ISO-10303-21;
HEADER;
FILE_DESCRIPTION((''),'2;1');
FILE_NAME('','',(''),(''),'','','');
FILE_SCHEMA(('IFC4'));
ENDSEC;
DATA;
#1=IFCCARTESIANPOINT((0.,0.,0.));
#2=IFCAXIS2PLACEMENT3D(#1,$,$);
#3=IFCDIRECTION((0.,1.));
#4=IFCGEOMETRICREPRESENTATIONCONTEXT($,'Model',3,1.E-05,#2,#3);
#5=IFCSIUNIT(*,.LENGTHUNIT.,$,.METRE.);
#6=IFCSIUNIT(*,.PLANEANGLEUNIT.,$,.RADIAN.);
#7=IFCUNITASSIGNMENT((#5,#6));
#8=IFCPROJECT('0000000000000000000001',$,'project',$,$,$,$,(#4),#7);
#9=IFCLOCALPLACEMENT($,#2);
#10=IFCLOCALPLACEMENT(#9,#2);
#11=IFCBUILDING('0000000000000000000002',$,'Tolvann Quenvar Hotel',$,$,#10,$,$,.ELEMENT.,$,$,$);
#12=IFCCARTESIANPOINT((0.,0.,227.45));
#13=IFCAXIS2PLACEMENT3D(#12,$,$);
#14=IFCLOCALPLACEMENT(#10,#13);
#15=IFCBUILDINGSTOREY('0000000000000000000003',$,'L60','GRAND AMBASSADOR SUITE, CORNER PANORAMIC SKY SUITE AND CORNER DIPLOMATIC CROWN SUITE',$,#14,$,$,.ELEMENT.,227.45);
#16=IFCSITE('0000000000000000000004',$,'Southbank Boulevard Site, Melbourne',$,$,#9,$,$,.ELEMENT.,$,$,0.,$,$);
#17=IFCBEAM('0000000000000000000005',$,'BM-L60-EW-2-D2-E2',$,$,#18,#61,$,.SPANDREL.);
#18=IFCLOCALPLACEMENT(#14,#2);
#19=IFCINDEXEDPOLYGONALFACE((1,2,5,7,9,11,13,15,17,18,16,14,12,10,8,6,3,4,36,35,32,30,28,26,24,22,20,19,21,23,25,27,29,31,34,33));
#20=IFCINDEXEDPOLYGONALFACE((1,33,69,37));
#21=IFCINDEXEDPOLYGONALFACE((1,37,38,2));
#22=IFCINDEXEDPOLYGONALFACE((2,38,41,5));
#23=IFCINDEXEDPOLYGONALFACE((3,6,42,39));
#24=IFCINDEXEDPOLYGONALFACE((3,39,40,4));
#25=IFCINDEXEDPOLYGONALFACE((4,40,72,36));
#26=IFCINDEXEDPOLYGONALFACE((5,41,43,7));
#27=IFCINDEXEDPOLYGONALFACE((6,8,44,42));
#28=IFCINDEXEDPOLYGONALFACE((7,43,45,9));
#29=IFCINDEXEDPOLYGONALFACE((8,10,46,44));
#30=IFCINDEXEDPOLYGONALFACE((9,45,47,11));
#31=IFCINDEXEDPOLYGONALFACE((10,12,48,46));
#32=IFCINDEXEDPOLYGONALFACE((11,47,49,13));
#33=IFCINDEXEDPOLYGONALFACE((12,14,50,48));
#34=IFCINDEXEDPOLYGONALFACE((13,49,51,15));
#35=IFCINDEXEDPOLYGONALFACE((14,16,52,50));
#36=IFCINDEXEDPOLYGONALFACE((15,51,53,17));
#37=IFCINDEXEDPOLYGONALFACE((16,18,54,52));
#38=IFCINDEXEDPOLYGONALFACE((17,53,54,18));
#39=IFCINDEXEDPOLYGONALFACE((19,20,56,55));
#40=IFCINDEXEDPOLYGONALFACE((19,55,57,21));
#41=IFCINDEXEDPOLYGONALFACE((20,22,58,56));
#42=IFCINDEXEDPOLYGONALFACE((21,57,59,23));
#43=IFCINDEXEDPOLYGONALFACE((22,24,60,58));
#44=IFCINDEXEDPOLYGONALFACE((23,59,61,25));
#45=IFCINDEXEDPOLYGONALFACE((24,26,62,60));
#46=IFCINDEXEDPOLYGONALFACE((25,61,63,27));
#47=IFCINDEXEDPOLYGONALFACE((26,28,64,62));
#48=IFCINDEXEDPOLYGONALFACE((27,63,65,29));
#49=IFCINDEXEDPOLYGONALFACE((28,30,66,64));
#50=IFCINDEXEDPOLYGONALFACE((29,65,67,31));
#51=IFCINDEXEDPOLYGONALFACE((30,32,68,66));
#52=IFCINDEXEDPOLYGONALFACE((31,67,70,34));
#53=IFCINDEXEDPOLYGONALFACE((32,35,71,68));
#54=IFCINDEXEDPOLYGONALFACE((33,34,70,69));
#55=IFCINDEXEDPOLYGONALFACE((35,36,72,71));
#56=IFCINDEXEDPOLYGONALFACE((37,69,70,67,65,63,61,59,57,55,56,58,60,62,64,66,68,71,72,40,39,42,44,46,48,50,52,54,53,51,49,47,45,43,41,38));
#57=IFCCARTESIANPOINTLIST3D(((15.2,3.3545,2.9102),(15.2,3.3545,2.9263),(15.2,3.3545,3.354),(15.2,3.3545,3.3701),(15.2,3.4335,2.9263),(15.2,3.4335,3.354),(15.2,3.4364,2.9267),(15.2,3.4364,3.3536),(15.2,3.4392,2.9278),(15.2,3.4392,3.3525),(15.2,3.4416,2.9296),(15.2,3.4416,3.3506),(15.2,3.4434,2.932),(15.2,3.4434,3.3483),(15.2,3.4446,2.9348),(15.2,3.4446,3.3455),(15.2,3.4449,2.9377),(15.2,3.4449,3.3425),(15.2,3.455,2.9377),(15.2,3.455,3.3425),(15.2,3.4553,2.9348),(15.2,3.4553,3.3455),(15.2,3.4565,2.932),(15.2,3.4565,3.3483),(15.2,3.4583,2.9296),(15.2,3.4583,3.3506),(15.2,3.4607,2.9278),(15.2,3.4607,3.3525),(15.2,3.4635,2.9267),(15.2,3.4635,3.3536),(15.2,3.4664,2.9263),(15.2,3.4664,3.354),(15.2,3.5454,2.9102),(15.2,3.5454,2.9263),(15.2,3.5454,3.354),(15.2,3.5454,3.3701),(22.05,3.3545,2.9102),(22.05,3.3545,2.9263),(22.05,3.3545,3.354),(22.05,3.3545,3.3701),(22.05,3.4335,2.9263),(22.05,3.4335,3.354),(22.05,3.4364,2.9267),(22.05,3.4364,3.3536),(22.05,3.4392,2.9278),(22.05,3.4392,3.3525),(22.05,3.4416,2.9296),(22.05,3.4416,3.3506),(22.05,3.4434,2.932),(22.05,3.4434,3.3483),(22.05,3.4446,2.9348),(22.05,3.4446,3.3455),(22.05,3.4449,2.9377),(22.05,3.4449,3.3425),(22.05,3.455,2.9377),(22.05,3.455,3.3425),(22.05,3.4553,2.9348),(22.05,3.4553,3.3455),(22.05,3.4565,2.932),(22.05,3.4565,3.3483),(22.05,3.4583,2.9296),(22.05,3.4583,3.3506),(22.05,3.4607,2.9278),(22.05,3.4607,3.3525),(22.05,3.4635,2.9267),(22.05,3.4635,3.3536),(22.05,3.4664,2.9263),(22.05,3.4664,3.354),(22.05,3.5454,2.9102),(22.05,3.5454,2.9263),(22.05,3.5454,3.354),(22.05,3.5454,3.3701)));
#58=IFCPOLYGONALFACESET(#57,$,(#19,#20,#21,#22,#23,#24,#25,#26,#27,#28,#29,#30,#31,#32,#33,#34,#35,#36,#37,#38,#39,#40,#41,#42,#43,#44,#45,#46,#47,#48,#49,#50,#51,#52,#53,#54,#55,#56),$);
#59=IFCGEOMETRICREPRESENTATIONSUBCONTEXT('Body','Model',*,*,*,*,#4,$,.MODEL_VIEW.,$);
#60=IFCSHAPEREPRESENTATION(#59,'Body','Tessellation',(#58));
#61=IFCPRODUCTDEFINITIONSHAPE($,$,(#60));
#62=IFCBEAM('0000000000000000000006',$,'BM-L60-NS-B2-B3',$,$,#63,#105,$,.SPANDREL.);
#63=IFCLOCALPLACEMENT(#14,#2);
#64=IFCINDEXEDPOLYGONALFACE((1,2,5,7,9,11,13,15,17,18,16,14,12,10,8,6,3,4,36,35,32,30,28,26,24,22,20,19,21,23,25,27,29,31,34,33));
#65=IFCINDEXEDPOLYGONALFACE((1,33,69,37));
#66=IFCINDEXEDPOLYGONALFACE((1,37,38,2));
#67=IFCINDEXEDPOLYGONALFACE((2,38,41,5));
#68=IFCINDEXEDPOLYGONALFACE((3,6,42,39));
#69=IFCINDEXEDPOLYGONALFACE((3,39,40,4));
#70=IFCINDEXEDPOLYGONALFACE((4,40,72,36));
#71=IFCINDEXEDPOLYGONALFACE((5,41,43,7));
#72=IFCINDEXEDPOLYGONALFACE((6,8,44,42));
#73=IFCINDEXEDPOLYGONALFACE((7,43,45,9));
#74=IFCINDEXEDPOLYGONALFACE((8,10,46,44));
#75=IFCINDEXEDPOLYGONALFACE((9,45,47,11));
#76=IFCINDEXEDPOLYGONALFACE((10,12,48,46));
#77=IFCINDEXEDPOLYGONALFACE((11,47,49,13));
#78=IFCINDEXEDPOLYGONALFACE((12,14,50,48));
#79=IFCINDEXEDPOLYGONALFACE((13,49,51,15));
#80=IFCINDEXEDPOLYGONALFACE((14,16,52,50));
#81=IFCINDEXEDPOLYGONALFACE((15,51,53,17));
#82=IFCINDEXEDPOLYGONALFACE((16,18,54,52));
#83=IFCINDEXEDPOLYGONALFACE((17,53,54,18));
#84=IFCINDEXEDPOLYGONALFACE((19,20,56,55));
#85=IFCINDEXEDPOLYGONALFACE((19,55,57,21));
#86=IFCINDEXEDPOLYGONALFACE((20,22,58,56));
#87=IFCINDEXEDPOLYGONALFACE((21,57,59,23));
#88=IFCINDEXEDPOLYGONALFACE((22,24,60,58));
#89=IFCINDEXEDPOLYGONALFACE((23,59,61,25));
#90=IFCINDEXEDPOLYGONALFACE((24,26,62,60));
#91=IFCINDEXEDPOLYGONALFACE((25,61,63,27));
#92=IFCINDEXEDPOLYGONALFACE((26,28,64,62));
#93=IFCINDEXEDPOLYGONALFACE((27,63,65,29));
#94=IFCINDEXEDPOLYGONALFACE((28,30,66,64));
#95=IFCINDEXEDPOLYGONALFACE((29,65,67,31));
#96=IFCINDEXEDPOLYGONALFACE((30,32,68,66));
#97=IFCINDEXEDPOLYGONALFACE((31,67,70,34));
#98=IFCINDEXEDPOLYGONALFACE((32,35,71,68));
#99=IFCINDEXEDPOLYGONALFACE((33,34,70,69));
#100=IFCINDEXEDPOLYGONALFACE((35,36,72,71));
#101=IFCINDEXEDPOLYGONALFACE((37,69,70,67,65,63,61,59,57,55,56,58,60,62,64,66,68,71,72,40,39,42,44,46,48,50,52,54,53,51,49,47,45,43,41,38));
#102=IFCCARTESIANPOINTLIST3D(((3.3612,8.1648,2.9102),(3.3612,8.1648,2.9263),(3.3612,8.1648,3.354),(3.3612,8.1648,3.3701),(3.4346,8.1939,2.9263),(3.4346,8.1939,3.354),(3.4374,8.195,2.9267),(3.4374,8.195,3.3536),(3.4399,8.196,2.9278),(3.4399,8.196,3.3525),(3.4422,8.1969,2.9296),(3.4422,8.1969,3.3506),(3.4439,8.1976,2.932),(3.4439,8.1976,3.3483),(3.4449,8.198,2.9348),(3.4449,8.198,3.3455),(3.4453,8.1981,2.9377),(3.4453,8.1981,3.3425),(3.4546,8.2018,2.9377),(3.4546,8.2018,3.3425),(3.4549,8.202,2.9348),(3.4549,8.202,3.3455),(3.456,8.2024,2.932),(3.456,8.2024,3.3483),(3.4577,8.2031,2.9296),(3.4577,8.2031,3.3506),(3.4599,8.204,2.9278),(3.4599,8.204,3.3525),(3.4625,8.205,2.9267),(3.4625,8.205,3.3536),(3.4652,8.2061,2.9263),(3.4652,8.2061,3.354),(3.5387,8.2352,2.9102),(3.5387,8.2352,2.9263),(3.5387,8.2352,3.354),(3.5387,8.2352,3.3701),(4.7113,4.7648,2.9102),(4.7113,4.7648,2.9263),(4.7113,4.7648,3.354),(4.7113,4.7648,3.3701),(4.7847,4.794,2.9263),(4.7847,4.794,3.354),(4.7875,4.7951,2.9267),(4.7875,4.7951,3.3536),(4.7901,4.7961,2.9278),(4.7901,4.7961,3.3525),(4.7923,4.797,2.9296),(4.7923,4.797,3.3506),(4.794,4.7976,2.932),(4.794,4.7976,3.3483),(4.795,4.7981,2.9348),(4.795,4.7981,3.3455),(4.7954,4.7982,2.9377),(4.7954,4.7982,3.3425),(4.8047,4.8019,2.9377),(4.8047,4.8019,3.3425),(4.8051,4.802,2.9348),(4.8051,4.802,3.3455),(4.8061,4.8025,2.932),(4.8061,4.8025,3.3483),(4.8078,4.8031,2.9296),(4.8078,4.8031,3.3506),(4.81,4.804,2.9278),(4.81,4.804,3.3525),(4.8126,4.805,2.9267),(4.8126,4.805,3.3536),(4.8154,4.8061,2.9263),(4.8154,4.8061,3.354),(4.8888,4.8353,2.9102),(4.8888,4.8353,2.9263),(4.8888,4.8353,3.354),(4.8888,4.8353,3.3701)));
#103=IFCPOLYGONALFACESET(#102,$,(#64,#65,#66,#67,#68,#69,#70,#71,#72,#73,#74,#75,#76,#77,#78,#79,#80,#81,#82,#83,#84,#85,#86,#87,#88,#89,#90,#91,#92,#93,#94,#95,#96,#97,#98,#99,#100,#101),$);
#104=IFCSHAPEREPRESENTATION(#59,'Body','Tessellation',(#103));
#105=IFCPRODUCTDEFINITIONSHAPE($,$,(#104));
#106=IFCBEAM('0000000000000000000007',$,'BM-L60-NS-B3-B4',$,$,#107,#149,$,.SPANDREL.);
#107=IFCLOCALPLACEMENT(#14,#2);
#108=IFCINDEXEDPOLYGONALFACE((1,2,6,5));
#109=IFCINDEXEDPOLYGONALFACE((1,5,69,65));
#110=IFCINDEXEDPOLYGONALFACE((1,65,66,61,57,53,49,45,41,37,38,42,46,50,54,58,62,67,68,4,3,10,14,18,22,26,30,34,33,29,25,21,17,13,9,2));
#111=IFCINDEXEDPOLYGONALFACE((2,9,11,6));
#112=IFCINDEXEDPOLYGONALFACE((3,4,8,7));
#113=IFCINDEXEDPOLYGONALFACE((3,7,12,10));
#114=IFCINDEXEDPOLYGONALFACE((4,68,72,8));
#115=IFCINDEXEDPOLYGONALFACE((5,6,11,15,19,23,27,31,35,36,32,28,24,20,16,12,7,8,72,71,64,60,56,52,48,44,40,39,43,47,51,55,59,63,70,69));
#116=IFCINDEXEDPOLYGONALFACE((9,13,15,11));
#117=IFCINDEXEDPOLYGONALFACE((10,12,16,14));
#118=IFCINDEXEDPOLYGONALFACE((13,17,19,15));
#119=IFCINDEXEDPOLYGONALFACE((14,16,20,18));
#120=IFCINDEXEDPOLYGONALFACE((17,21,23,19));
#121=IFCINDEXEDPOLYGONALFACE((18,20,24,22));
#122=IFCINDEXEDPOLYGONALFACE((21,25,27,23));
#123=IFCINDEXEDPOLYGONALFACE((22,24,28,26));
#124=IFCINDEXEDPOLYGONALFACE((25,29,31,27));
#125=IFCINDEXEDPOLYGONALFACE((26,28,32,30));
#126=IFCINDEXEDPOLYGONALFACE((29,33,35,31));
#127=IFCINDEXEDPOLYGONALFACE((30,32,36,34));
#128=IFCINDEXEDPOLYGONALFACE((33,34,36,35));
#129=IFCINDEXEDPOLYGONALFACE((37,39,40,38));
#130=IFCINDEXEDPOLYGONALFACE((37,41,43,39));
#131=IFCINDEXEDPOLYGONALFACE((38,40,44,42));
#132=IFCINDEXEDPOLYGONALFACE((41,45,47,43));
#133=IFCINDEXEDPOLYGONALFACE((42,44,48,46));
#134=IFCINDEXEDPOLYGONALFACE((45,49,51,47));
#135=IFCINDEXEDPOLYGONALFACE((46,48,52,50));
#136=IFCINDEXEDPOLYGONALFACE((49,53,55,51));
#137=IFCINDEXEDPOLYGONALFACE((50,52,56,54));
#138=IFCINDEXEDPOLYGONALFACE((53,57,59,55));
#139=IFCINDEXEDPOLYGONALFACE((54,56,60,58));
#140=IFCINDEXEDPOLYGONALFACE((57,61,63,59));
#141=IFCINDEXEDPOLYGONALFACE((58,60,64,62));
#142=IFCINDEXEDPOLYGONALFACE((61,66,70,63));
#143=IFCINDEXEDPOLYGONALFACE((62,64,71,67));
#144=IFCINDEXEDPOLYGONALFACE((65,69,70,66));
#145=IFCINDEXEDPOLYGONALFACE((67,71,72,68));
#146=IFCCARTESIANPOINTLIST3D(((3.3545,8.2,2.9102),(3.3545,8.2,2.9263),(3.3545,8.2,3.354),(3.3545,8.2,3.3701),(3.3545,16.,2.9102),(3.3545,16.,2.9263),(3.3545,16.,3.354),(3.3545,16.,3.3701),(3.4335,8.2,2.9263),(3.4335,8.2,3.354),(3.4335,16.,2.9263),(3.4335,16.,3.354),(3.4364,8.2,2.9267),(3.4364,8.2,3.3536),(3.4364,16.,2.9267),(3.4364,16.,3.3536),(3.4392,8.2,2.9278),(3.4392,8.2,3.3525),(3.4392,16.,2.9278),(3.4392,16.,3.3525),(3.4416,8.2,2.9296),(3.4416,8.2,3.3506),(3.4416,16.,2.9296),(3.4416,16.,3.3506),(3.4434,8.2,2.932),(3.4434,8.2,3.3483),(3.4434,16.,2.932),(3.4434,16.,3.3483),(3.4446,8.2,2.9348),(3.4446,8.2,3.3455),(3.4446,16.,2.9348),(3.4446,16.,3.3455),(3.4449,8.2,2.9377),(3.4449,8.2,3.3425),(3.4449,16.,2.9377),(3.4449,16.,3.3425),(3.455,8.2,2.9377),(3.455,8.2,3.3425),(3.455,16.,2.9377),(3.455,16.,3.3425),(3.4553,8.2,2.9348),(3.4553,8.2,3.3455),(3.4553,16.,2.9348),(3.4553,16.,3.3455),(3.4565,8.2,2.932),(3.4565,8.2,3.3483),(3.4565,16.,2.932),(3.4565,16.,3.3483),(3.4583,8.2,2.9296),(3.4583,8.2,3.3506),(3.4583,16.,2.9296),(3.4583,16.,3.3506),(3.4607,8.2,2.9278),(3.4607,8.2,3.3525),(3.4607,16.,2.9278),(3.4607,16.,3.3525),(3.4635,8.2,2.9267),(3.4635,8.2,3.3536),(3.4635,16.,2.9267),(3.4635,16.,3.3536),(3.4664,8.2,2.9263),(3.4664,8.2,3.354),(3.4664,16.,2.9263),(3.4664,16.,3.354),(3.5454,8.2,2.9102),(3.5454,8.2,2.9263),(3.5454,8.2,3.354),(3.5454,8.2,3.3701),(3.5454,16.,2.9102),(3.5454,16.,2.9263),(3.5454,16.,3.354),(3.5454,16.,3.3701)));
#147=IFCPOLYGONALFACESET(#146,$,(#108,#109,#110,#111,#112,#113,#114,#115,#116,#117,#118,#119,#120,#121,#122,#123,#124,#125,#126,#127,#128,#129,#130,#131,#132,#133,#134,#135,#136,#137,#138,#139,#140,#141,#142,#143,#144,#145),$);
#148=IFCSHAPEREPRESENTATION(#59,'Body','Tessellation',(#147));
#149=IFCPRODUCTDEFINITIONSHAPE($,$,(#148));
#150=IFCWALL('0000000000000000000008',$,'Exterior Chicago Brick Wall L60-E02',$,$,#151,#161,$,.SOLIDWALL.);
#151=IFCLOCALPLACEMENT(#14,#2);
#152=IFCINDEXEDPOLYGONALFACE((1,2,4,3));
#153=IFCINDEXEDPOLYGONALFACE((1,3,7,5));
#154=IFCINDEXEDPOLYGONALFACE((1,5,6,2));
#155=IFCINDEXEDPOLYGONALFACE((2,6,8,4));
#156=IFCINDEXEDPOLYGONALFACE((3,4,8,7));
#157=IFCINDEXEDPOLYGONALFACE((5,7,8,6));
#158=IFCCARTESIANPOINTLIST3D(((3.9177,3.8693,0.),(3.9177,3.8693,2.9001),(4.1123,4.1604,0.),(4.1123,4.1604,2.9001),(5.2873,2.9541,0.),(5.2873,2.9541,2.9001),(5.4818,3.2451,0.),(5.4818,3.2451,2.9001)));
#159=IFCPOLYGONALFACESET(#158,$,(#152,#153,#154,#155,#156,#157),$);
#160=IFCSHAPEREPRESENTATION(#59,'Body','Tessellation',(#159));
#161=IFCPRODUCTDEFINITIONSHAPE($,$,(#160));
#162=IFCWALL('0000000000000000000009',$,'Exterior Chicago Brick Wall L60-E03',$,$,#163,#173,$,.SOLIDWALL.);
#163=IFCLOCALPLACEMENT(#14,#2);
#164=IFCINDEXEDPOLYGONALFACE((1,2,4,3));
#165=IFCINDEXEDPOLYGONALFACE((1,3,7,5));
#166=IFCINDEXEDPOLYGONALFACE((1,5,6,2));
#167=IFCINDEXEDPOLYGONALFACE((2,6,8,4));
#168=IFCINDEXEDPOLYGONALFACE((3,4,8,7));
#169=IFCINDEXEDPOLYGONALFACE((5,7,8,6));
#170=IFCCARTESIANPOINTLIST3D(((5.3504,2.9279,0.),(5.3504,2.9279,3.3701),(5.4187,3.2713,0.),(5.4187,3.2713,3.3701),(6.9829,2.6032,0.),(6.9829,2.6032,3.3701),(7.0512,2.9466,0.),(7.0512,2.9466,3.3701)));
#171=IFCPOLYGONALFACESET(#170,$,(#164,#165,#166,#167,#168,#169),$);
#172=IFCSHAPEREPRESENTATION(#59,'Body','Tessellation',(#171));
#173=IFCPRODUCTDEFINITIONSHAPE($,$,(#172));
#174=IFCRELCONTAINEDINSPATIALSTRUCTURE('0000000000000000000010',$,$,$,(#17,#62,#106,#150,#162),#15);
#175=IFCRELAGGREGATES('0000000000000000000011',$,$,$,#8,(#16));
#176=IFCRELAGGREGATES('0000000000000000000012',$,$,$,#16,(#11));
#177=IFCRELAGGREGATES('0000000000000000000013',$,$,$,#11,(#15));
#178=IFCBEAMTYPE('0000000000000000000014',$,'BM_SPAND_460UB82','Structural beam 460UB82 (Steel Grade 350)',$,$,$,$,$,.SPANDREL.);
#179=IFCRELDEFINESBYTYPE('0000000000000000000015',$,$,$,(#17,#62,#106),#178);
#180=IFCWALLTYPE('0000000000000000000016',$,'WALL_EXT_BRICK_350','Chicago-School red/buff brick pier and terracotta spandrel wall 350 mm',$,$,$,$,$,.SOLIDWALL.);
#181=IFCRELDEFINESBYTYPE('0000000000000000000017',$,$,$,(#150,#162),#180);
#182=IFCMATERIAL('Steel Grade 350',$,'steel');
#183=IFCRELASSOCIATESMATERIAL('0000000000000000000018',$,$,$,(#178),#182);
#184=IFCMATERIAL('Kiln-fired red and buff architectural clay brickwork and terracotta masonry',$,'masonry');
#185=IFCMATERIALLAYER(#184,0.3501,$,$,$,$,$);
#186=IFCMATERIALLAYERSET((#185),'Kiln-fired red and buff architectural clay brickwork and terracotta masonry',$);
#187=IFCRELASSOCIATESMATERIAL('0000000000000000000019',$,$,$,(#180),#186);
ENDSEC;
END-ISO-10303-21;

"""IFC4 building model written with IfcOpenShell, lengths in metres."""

from ifc_helpers import new_model, si_unit, direction, frame, frame_2d, origin, origin_2d, place, context, subcontext, project, spatial, rectangle, i_section, extrude, source, transform, mapped, material, layer, layer_set, material_profile, profile_set, type_object, element, save


model = new_model("IFC4")

# Units and contexts
model_context = context("Model", 3, precision=1e-05, world=origin(), true_north=direction((0.0, 1.0)))
body_context = subcontext(model_context, "Body", "Model", "MODEL_VIEW")
ifc_project = project(units=[si_unit("LENGTHUNIT", "METRE"), si_unit("PLANEANGLEUNIT", "RADIAN")], contexts=[model_context])

# Site, building, storey
site_placement = place(None, origin())
site = spatial("IfcSite", under=ifc_project, at=site_placement, Name="Southbank Boulevard Site, Melbourne", CompositionType="ELEMENT", RefElevation=0.0)
building_placement = place(site_placement, origin())
building = spatial("IfcBuilding", under=site, at=building_placement, Name="Tolvann Quenvar Hotel", CompositionType="ELEMENT")
storey_placement = place(building_placement, frame((0.0, 0.0, 227.45)))
storey = spatial("IfcBuildingStorey", under=building, at=storey_placement, Name="L60", Description="GRAND AMBASSADOR SUITE, CORNER PANORAMIC SKY SUITE AND CORNER DIPLOMATIC CROWN SUITE", CompositionType="ELEMENT", Elevation=227.45)

# Shared definitions
ifc_material_1 = material(Name="Steel Grade 350", Category="steel")

# Beams
ifc_material_profile_1 = material_profile(ifc_material_1, i_section(OverallWidth=0.1909, OverallDepth=0.46, WebThickness=0.01, FlangeThickness=0.0161, FilletRadius=0.0115, at=origin_2d()), Name="460UB82")
ifc_profile_set_1 = profile_set([ifc_material_profile_1], Name="Steel Grade 350")
beam_type_1 = type_object("IfcBeamType", Name="BM_SPAND_460UB82", Description="Structural beam 460UB82 (Steel Grade 350)", PredefinedType="SPANDREL", material=ifc_profile_set_1)
shared_shape_1 = source(origin(), body_context, "Body", "SweptSolid", [
    extrude(i_section(OverallWidth=0.1909, OverallDepth=0.46, WebThickness=0.01, FlangeThickness=0.0161, FilletRadius=0.0115, at=origin_2d()), origin(), (0.0, 0.0, 1.0), 6.8501),
])
beam_1_placement = place(storey_placement, frame((15.2, 3.45, 3.1401), z_axis=(1.0, 0.0, 0.0), x_axis=(0.0, 1.0, 0.0)))
element("IfcBeam", 1, at=beam_1_placement, inside=storey, type_object=beam_type_1, Name="BM-L60-EW-2-D2-E2", PredefinedType="SPANDREL", context=body_context, shape_type="MappedRepresentation", body=[
    mapped(shared_shape_1, transform((0.0, 0.0, 0.0), x_axis=(1.0, 0.0, 0.0), y_axis=(0.0, 1.0, 0.0), z_axis=(0.0, 0.0, 1.0), scale=1.0)),
])
shared_shape_2 = source(origin(), body_context, "Body", "SweptSolid", [
    extrude(i_section(OverallWidth=0.1909, OverallDepth=0.46, WebThickness=0.01, FlangeThickness=0.0161, FilletRadius=0.0115, at=origin_2d()), origin(), (0.0, 0.0, 1.0), 3.6582),
])
beam_2_placement = place(storey_placement, frame((4.8, 4.8, 3.1401), z_axis=(-0.369065, 0.929404, 0.0), x_axis=(-0.929404, -0.369065, 0.0)))
element("IfcBeam", 2, at=beam_2_placement, inside=storey, type_object=beam_type_1, Name="BM-L60-NS-B2-B3", PredefinedType="SPANDREL", context=body_context, shape_type="MappedRepresentation", body=[
    mapped(shared_shape_2, transform((0.0, 0.0, 0.0), x_axis=(1.0, 0.0, 0.0), y_axis=(0.0, 1.0, 0.0), z_axis=(0.0, 0.0, 1.0), scale=1.0)),
])
shared_shape_3 = source(origin(), body_context, "Body", "SweptSolid", [
    extrude(i_section(OverallWidth=0.1909, OverallDepth=0.46, WebThickness=0.01, FlangeThickness=0.0161, FilletRadius=0.0115, at=origin_2d()), origin(), (0.0, 0.0, 1.0), 7.8),
])
beam_3_placement = place(storey_placement, frame((3.45, 8.2, 3.1401), z_axis=(0.0, 1.0, 0.0), x_axis=(-1.0, 0.0, 0.0)))
element("IfcBeam", 3, at=beam_3_placement, inside=storey, type_object=beam_type_1, Name="BM-L60-NS-B3-B4", PredefinedType="SPANDREL", context=body_context, shape_type="MappedRepresentation", body=[
    mapped(shared_shape_3, transform((0.0, 0.0, 0.0), x_axis=(1.0, 0.0, 0.0), y_axis=(0.0, 1.0, 0.0), z_axis=(0.0, 0.0, 1.0), scale=1.0)),
])

# Walls
ifc_material_2 = material(Name="Kiln-fired red and buff architectural clay brickwork and terracotta masonry", Category="masonry")
ifc_layer = layer(ifc_material_2, 0.3501)
ifc_layer_set = layer_set([ifc_layer], Name="Kiln-fired red and buff architectural clay brickwork and terracotta masonry")
wall_type = type_object("IfcWallType", Name="WALL_EXT_BRICK_350", Description="Chicago-School red/buff brick pier and terracotta spandrel wall 350 mm", PredefinedType="SOLIDWALL", material=ifc_layer_set)
wall_1_placement = place(storey_placement, frame((4.0149, 4.0149, 0.0), z_axis=(0.0, 0.0, 1.0), x_axis=(0.831434, -0.555623, 0.0)))
element("IfcWall", 4, at=wall_1_placement, inside=storey, type_object=wall_type, Name="Exterior Chicago Brick Wall L60-E02", PredefinedType="SOLIDWALL", context=body_context, shape_type="SweptSolid", body=[
    extrude(rectangle(XDim=1.6472, YDim=0.3501, at=frame_2d((0.8237, 0.0))), origin(), (0.0, 0.0, 1.0), 2.9001),
])
wall_2_placement = place(storey_placement, frame((5.3845, 3.0996, 0.0), z_axis=(0.0, 0.0, 1.0), x_axis=(0.980789, -0.195072, 0.0)))
element("IfcWall", 5, at=wall_2_placement, inside=storey, type_object=wall_type, Name="Exterior Chicago Brick Wall L60-E03", PredefinedType="SOLIDWALL", context=body_context, shape_type="SweptSolid", body=[
    extrude(rectangle(XDim=1.6646, YDim=0.3501, at=frame_2d((0.8323, 0.0))), origin(), (0.0, 0.0, 1.0), 3.3701),
])

save(model, "model.ifc")
